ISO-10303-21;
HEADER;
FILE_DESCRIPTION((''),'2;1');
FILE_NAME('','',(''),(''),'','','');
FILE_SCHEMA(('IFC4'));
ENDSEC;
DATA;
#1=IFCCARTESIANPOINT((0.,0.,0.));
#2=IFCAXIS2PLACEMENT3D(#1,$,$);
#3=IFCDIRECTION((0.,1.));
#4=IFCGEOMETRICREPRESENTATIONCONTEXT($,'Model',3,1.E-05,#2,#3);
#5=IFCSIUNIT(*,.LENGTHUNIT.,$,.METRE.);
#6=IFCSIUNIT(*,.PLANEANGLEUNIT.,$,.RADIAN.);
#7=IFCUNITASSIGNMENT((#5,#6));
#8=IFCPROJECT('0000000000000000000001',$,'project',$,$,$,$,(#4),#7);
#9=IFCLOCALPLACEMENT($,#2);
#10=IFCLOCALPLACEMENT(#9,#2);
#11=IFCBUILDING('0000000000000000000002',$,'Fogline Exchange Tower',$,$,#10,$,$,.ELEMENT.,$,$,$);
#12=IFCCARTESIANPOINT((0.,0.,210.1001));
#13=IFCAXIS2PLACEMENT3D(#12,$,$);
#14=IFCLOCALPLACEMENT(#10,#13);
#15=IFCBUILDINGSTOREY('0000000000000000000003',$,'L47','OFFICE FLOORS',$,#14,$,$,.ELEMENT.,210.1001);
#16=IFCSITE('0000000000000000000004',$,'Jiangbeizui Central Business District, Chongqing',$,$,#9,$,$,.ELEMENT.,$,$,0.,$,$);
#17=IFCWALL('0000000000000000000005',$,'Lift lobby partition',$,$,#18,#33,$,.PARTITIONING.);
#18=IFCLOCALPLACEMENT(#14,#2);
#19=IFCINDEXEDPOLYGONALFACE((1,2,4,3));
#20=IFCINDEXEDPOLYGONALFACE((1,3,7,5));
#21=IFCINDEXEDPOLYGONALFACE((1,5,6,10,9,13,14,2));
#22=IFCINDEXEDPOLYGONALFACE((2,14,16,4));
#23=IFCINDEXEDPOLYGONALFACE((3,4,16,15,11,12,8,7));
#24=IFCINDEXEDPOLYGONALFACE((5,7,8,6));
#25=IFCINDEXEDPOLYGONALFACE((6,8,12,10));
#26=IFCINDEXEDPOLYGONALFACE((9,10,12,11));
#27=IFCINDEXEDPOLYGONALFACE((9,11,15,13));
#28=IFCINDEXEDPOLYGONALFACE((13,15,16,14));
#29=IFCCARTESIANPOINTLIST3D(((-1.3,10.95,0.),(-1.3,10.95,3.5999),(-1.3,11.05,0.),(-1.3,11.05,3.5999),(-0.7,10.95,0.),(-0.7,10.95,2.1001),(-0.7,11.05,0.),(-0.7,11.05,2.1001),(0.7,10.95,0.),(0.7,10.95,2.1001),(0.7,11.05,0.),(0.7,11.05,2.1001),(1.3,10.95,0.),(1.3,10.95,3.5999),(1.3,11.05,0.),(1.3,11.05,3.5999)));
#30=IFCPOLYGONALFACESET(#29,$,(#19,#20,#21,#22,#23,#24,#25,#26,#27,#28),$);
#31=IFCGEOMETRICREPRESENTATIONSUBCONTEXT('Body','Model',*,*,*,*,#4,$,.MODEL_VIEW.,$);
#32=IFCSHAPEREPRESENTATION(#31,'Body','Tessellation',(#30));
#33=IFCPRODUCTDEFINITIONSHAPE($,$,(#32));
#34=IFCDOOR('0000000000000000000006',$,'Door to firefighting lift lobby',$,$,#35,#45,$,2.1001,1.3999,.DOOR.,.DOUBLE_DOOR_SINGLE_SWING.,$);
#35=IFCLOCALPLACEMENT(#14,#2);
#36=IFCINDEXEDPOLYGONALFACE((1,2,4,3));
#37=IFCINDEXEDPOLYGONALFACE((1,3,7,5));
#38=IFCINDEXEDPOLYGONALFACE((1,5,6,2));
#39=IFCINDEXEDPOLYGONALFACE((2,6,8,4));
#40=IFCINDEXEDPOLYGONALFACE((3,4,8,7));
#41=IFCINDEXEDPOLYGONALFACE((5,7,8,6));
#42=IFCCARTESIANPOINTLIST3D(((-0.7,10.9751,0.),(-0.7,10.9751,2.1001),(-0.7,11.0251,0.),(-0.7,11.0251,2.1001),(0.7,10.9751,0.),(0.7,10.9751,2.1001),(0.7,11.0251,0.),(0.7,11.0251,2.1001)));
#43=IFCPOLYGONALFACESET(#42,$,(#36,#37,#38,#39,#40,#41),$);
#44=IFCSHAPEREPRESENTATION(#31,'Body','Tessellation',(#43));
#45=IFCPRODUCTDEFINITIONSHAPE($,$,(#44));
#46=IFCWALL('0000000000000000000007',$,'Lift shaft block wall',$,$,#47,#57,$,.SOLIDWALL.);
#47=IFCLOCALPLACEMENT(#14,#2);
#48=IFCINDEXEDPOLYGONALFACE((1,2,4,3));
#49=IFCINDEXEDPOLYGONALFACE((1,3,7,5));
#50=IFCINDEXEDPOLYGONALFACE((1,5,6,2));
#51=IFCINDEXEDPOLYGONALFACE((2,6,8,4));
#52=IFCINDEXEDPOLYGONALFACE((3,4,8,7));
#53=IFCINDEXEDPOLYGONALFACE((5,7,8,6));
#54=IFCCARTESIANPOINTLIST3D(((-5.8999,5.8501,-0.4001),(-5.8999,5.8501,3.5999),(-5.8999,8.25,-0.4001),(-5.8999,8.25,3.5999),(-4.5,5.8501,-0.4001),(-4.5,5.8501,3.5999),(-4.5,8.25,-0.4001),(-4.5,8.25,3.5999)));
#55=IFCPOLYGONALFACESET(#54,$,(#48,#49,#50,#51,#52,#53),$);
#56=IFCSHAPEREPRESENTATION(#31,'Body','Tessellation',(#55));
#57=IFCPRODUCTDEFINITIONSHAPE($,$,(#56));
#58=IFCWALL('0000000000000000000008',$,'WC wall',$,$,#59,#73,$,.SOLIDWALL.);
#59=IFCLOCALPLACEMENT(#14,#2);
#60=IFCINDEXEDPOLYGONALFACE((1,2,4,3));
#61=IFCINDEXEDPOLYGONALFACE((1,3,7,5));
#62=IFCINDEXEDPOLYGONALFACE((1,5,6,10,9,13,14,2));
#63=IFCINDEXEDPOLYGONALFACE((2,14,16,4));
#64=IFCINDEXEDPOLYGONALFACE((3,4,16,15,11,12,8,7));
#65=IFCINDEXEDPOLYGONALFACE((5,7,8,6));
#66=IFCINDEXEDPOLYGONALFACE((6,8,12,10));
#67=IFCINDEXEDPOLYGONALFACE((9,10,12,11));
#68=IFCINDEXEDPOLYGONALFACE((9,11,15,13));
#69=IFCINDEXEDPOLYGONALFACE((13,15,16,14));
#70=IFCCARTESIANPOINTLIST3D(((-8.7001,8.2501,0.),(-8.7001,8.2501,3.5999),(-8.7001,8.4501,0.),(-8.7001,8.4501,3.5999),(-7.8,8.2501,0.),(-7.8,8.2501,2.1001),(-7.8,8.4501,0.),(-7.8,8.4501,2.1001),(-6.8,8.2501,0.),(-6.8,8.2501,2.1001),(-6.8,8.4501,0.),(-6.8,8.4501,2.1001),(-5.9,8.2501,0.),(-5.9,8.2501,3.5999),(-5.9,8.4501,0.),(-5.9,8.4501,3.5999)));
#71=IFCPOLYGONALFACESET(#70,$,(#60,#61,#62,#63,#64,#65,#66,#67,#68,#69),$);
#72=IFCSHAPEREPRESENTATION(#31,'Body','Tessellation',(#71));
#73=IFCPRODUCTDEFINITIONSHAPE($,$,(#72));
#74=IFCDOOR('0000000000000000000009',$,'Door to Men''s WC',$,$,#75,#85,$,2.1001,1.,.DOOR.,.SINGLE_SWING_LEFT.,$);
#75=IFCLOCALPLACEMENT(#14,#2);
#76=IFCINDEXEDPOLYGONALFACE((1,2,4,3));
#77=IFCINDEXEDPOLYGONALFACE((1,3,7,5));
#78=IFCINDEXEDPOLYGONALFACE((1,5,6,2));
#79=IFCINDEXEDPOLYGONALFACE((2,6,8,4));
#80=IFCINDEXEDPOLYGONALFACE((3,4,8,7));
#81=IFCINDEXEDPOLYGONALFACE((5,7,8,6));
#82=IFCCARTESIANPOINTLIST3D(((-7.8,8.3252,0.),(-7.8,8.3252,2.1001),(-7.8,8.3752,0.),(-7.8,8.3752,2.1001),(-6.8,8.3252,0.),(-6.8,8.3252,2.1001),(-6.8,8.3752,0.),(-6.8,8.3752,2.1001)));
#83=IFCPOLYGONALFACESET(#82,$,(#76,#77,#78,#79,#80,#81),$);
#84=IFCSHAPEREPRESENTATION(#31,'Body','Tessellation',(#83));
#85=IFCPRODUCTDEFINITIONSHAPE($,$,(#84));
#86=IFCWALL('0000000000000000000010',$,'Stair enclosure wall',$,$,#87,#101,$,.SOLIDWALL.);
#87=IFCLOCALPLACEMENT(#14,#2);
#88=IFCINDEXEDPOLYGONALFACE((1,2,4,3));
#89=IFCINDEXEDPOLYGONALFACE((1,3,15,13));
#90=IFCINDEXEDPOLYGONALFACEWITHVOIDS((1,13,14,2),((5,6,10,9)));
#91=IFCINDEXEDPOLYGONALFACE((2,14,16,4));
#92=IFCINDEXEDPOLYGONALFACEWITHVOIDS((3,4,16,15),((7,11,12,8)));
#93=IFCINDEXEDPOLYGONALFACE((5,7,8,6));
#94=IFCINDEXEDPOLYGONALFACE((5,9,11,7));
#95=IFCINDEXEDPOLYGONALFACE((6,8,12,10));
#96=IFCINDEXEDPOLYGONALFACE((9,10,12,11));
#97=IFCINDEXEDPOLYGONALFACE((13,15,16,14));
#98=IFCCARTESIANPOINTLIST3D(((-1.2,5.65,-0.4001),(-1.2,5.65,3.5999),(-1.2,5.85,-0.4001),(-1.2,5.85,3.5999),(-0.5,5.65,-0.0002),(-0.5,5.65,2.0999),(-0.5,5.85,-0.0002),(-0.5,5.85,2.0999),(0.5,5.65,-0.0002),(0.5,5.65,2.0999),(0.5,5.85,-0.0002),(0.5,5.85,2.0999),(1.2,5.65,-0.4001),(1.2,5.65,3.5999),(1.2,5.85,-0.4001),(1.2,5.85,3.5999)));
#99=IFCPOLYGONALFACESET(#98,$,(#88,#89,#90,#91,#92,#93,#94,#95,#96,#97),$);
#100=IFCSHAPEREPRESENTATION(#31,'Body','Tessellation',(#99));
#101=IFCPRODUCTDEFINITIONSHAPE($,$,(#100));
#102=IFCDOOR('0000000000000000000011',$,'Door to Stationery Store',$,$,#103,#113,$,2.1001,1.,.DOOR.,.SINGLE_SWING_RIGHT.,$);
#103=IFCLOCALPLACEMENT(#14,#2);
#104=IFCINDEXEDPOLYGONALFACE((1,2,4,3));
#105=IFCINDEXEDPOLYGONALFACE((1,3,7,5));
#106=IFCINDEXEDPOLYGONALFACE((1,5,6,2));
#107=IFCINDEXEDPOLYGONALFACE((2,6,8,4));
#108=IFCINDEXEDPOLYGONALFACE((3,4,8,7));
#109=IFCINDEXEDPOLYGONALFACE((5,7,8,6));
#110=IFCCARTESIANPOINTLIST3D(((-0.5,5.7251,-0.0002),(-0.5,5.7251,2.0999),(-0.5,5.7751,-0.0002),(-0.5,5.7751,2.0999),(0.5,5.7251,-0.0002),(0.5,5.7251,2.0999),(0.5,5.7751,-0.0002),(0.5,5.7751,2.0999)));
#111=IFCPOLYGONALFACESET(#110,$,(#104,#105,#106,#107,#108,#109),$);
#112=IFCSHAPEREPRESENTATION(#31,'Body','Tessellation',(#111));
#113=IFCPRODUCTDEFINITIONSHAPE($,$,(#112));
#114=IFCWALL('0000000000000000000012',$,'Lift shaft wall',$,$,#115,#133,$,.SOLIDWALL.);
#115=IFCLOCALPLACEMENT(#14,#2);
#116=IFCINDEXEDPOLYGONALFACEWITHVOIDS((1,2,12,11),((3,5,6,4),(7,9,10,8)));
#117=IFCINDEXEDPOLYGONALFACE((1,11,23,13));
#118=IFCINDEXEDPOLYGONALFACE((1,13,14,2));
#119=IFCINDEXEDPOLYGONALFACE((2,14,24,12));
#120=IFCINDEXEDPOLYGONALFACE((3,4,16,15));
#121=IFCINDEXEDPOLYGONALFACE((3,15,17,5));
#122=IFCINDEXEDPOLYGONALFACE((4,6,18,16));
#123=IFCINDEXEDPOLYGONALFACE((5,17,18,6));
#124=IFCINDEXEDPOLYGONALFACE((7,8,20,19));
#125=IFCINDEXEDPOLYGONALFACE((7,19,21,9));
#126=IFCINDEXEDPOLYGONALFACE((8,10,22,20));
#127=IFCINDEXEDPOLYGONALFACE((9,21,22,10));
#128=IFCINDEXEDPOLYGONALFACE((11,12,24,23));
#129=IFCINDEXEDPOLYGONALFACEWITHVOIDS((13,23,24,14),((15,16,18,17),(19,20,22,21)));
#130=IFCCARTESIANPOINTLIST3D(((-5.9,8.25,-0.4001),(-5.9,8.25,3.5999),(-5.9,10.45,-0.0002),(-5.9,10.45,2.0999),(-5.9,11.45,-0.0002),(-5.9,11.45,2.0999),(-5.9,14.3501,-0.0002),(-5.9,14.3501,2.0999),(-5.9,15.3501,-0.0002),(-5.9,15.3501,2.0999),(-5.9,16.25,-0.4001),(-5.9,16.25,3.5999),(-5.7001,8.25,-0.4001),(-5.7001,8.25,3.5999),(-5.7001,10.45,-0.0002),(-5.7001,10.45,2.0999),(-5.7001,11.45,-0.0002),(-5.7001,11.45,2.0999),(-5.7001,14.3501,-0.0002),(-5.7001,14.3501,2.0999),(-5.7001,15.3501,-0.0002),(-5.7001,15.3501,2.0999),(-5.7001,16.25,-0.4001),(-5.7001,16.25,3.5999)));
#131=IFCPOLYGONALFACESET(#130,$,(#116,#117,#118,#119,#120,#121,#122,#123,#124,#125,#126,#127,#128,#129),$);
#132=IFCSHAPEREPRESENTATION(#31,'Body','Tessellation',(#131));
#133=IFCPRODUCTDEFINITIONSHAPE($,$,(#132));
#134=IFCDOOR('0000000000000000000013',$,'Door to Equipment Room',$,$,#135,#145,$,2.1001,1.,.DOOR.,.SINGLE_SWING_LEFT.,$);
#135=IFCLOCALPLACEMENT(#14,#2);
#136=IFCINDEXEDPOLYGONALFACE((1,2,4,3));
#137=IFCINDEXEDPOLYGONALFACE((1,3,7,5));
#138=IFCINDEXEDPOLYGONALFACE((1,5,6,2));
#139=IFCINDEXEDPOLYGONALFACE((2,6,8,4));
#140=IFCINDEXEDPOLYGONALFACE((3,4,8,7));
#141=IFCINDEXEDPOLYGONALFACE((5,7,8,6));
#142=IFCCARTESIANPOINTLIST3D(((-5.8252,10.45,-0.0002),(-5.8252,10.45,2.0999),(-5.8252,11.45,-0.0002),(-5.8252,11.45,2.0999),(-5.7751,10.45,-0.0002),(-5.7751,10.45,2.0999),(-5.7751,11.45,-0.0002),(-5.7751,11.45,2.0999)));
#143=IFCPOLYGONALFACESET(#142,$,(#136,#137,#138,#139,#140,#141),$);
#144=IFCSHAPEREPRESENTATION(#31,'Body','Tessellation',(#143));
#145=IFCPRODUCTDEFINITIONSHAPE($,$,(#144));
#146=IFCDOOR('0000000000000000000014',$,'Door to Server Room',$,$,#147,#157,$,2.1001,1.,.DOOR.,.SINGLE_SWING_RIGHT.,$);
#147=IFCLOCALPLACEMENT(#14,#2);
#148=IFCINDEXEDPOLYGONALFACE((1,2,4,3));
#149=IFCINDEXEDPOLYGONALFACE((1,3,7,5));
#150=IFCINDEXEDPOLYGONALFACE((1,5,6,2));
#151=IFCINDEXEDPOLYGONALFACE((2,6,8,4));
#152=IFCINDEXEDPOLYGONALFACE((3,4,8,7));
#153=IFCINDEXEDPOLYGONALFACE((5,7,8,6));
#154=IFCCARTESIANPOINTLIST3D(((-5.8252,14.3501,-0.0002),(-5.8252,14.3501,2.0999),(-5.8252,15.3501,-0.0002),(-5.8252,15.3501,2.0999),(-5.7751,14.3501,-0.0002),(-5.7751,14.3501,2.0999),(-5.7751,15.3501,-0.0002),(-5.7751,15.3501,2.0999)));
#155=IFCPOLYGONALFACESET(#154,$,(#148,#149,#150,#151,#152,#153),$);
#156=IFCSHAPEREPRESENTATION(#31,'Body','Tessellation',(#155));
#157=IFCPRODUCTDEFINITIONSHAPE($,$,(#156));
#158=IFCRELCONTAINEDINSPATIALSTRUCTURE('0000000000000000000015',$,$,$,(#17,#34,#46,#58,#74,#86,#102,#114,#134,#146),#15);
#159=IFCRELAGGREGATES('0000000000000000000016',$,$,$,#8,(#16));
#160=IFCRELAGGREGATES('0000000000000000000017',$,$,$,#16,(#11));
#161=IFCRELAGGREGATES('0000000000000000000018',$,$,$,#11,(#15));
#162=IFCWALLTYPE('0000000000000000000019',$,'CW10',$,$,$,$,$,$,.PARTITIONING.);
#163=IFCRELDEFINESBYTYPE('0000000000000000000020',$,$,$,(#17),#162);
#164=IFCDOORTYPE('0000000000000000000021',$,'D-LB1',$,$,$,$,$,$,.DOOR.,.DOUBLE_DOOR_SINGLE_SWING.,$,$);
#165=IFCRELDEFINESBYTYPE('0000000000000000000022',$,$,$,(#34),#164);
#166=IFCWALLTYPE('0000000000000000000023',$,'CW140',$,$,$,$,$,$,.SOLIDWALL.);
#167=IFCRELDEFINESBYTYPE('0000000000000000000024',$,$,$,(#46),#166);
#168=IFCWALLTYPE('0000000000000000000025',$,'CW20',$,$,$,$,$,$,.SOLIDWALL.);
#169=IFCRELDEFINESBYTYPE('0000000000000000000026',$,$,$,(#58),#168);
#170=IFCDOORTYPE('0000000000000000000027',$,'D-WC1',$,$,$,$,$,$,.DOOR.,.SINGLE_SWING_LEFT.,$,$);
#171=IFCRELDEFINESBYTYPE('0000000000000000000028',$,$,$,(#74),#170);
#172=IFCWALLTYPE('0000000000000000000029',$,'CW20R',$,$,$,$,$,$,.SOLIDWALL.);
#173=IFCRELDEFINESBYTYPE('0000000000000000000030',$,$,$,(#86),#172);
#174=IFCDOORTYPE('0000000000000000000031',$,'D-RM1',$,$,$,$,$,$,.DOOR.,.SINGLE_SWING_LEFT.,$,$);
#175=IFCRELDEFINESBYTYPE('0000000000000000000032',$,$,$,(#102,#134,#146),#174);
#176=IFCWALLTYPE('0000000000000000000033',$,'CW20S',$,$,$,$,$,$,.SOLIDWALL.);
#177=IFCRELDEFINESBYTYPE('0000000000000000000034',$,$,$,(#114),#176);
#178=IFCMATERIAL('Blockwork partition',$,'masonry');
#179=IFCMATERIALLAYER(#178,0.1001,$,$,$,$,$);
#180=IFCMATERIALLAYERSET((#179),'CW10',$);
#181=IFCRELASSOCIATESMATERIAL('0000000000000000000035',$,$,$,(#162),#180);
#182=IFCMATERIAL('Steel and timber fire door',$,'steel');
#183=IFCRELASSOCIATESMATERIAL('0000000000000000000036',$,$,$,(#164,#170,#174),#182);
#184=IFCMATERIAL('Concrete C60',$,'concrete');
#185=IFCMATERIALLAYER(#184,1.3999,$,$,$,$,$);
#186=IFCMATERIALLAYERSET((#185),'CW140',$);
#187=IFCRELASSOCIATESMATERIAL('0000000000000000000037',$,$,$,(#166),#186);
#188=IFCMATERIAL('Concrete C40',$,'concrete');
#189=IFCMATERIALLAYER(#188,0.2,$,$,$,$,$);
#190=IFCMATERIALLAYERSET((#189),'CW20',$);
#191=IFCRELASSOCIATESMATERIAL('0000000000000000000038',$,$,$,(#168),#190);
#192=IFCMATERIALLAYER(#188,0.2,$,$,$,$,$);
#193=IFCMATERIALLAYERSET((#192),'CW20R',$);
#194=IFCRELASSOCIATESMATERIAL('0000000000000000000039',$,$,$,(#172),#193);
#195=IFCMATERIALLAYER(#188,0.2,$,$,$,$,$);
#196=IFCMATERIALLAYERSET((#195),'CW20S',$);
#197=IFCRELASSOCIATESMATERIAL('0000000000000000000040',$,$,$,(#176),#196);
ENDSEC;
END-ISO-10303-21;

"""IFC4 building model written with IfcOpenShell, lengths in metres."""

from ifc_helpers import new_model, si_unit, direction, frame, frame_2d, origin, place, context, subcontext, project, spatial, rectangle, extrude, material, layer, layer_set, type_object, element, fill, save


model = new_model("IFC4")

# Units and contexts
model_context = context("Model", 3, precision=1e-05, world=origin(), true_north=direction((0.0, 1.0)))
body_context = subcontext(model_context, "Body", "Model", "MODEL_VIEW")
ifc_project = project(units=[si_unit("LENGTHUNIT", "METRE"), si_unit("PLANEANGLEUNIT", "RADIAN")], contexts=[model_context])

# Site, building, storey
site_placement = place(None, origin())
site = spatial("IfcSite", under=ifc_project, at=site_placement, Name="Jiangbeizui Central Business District, Chongqing", CompositionType="ELEMENT", RefElevation=0.0)
building_placement = place(site_placement, origin())
building = spatial("IfcBuilding", under=site, at=building_placement, Name="Fogline Exchange Tower", CompositionType="ELEMENT")
storey_placement = place(building_placement, frame((0.0, 0.0, 210.1001)))
storey = spatial("IfcBuildingStorey", under=building, at=storey_placement, Name="L47", Description="OFFICE FLOORS", CompositionType="ELEMENT", Elevation=210.1001)

# Wall, opening, door
ifc_material_1 = material(Name="Blockwork partition", Category="masonry")
ifc_layer_1 = layer(ifc_material_1, 0.1001)
ifc_layer_set_1 = layer_set([ifc_layer_1], Name="CW10")
wall_type_1 = type_object("IfcWallType", Name="CW10", PredefinedType="PARTITIONING", material=ifc_layer_set_1)
wall_1_placement = place(storey_placement, frame((-1.3, 11.0, 0.0), z_axis=(0.0, 0.0, 1.0), x_axis=(1.0, 0.0, 0.0)))
wall_1 = element("IfcWall", 1, at=wall_1_placement, inside=storey, type_object=wall_type_1, Name="Lift lobby partition", PredefinedType="PARTITIONING", context=body_context, shape_type="SweptSolid", body=[
    extrude(rectangle(XDim=2.6001, YDim=0.1001, at=frame_2d((1.3, 0.0))), origin(), (0.0, 0.0, 1.0), 3.5999),
])
opening_1_placement = place(wall_1_placement, frame((0.6001, 0.0, 0.0)))
opening_1 = element("IfcOpeningElement", 2, at=opening_1_placement, cuts=wall_1, PredefinedType="OPENING", context=body_context, shape_type="SweptSolid", body=[
    extrude(rectangle(XDim=1.3999, YDim=2.1001, at=frame_2d((0.7, 1.05))), frame((0.0, 0.0601, 0.0), z_axis=(0.0, -1.0, 0.0), x_axis=(1.0, 0.0, 0.0)), (0.0, 0.0, 1.0), 0.1201),
])
ifc_material_2 = material(Name="Steel and timber fire door", Category="steel")
door_type_1 = type_object("IfcDoorType", Name="D-LB1", OperationType="DOUBLE_DOOR_SINGLE_SWING", PredefinedType="DOOR", material=ifc_material_2)
door_1_placement = place(opening_1_placement, frame((1.3999, 0.0, 0.0), z_axis=(0.0, 0.0, 1.0), x_axis=(-1.0, 0.0, 0.0)))
door_1 = element("IfcDoor", 3, at=door_1_placement, inside=storey, type_object=door_type_1, Name="Door to firefighting lift lobby", OperationType="DOUBLE_DOOR_SINGLE_SWING", OverallHeight=2.1001, OverallWidth=1.3999, PredefinedType="DOOR", context=body_context, shape_type="SweptSolid", body=[
    extrude(rectangle(XDim=1.3999, YDim=2.1001, at=frame_2d((0.7, 1.05))), frame((0.0, 0.0249, 0.0), z_axis=(0.0, -1.0, 0.0), x_axis=(1.0, 0.0, 0.0)), (0.0, 0.0, 1.0), 0.05),
])
fill(opening_1, door_1)

# Wall
ifc_material_3 = material(Name="Concrete C60", Category="concrete")
ifc_layer_2 = layer(ifc_material_3, 1.3999)
ifc_layer_set_2 = layer_set([ifc_layer_2], Name="CW140")
wall_type_2 = type_object("IfcWallType", Name="CW140", PredefinedType="SOLIDWALL", material=ifc_layer_set_2)
wall_2_placement = place(storey_placement, frame((-5.2, 5.8501, -0.4001), z_axis=(0.0, 0.0, 1.0), x_axis=(0.0, 1.0, 0.0)))
element("IfcWall", 4, at=wall_2_placement, inside=storey, type_object=wall_type_2, Name="Lift shaft block wall", PredefinedType="SOLIDWALL", context=body_context, shape_type="SweptSolid", body=[
    extrude(rectangle(XDim=2.3999, YDim=1.3999, at=frame_2d((1.2, 0.0))), origin(), (0.0, 0.0, 1.0), 4.0),
])

# Walls, openings, doors
ifc_material_4 = material(Name="Concrete C40", Category="concrete")
ifc_layer_3 = layer(ifc_material_4, 0.2)
ifc_layer_set_3 = layer_set([ifc_layer_3], Name="CW20")
wall_type_3 = type_object("IfcWallType", Name="CW20", PredefinedType="SOLIDWALL", material=ifc_layer_set_3)
wall_3_placement = place(storey_placement, frame((-8.7, 8.3501, 0.0), z_axis=(0.0, 0.0, 1.0), x_axis=(1.0, 0.0, 0.0)))
wall_3 = element("IfcWall", 5, at=wall_3_placement, inside=storey, type_object=wall_type_3, Name="WC wall", PredefinedType="SOLIDWALL", context=body_context, shape_type="SweptSolid", body=[
    extrude(rectangle(XDim=2.8, YDim=0.2, at=frame_2d((1.3999, 0.0))), origin(), (0.0, 0.0, 1.0), 3.5999),
])
opening_2_placement = place(wall_3_placement, frame((0.8999, 0.0, 0.0)))
opening_2 = element("IfcOpeningElement", 6, at=opening_2_placement, cuts=wall_3, PredefinedType="OPENING", context=body_context, shape_type="SweptSolid", body=[
    extrude(rectangle(XDim=1.0, YDim=2.1001, at=frame_2d((0.5, 1.05))), frame((0.0, 0.1099, 0.0), z_axis=(0.0, -1.0, 0.0), x_axis=(1.0, 0.0, 0.0)), (0.0, 0.0, 1.0), 0.22),
])
door_type_2 = type_object("IfcDoorType", Name="D-WC1", OperationType="SINGLE_SWING_LEFT", PredefinedType="DOOR", material=ifc_material_2)
door_2_placement = place(opening_2_placement, frame((1.0, 0.0, 0.0), z_axis=(0.0, 0.0, 1.0), x_axis=(-1.0, 0.0, 0.0)))
door_2 = element("IfcDoor", 7, at=door_2_placement, inside=storey, type_object=door_type_2, Name="Door to Men's WC", OperationType="SINGLE_SWING_LEFT", OverallHeight=2.1001, OverallWidth=1.0, PredefinedType="DOOR", context=body_context, shape_type="SweptSolid", body=[
    extrude(rectangle(XDim=1.0, YDim=2.1001, at=frame_2d((0.5, 1.05))), frame((0.0, 0.0249, 0.0), z_axis=(0.0, -1.0, 0.0), x_axis=(1.0, 0.0, 0.0)), (0.0, 0.0, 1.0), 0.05),
])
fill(opening_2, door_2)
ifc_layer_4 = layer(ifc_material_4, 0.2)
ifc_layer_set_4 = layer_set([ifc_layer_4], Name="CW20R")
wall_type_4 = type_object("IfcWallType", Name="CW20R", PredefinedType="SOLIDWALL", material=ifc_layer_set_4)
wall_4_placement = place(storey_placement, frame((-1.2, 5.75, -0.4001), z_axis=(0.0, 0.0, 1.0), x_axis=(1.0, 0.0, 0.0)))
wall_4 = element("IfcWall", 8, at=wall_4_placement, inside=storey, type_object=wall_type_4, Name="Stair enclosure wall", PredefinedType="SOLIDWALL", context=body_context, shape_type="SweptSolid", body=[
    extrude(rectangle(XDim=2.3999, YDim=0.2, at=frame_2d((1.2, 0.0))), origin(), (0.0, 0.0, 1.0), 4.0),
])
opening_3_placement = place(wall_4_placement, frame((0.7, 0.0, 0.3999)))
opening_3 = element("IfcOpeningElement", 9, at=opening_3_placement, cuts=wall_4, PredefinedType="OPENING", context=body_context, shape_type="SweptSolid", body=[
    extrude(rectangle(XDim=1.0, YDim=2.1001, at=frame_2d((0.5, 1.05))), frame((0.0, 0.1099, 0.0), z_axis=(0.0, -1.0, 0.0), x_axis=(1.0, 0.0, 0.0)), (0.0, 0.0, 1.0), 0.22),
])
door_type_3 = type_object("IfcDoorType", Name="D-RM1", OperationType="SINGLE_SWING_LEFT", PredefinedType="DOOR", material=ifc_material_2)
door_3_placement = place(opening_3_placement, frame((1.0, 0.0, 0.0), z_axis=(0.0, 0.0, 1.0), x_axis=(-1.0, 0.0, 0.0)))
door_3 = element("IfcDoor", 10, at=door_3_placement, inside=storey, type_object=door_type_3, Name="Door to Stationery Store", OperationType="SINGLE_SWING_RIGHT", OverallHeight=2.1001, OverallWidth=1.0, PredefinedType="DOOR", context=body_context, shape_type="SweptSolid", body=[
    extrude(rectangle(XDim=1.0, YDim=2.1001, at=frame_2d((0.5, 1.05))), frame((0.0, 0.0249, 0.0), z_axis=(0.0, -1.0, 0.0), x_axis=(1.0, 0.0, 0.0)), (0.0, 0.0, 1.0), 0.05),
])
fill(opening_3, door_3)

# Wall, openings, doors
ifc_layer_5 = layer(ifc_material_4, 0.2)
ifc_layer_set_5 = layer_set([ifc_layer_5], Name="CW20S")
wall_type_5 = type_object("IfcWallType", Name="CW20S", PredefinedType="SOLIDWALL", material=ifc_layer_set_5)
wall_5_placement = place(storey_placement, frame((-5.8, 8.25, -0.4001), z_axis=(0.0, 0.0, 1.0), x_axis=(0.0, 1.0, 0.0)))
wall_5 = element("IfcWall", 11, at=wall_5_placement, inside=storey, type_object=wall_type_5, Name="Lift shaft wall", PredefinedType="SOLIDWALL", context=body_context, shape_type="SweptSolid", body=[
    extrude(rectangle(XDim=8.0, YDim=0.2, at=frame_2d((4.0, 0.0))), origin(), (0.0, 0.0, 1.0), 4.0),
])
opening_4_placement = place(wall_5_placement, frame((2.2, 0.0, 0.3999)))
opening_4 = element("IfcOpeningElement", 12, at=opening_4_placement, cuts=wall_5, PredefinedType="OPENING", context=body_context, shape_type="SweptSolid", body=[
    extrude(rectangle(XDim=1.0, YDim=2.1001, at=frame_2d((0.5, 1.05))), frame((0.0, 0.1099, 0.0), z_axis=(0.0, -1.0, 0.0), x_axis=(1.0, 0.0, 0.0)), (0.0, 0.0, 1.0), 0.22),
])
opening_5_placement = place(wall_5_placement, frame((6.1001, 0.0, 0.3999)))
opening_5 = element("IfcOpeningElement", 13, at=opening_5_placement, cuts=wall_5, PredefinedType="OPENING", context=body_context, shape_type="SweptSolid", body=[
    extrude(rectangle(XDim=1.0, YDim=2.1001, at=frame_2d((0.5, 1.05))), frame((0.0, 0.1099, 0.0), z_axis=(0.0, -1.0, 0.0), x_axis=(1.0, 0.0, 0.0)), (0.0, 0.0, 1.0), 0.22),
])
door_4_placement = place(opening_4_placement, frame((1.0, 0.0, 0.0), z_axis=(0.0, 0.0, 1.0), x_axis=(-1.0, 0.0, 0.0)))
door_4 = element("IfcDoor", 14, at=door_4_placement, inside=storey, type_object=door_type_3, Name="Door to Equipment Room", OperationType="SINGLE_SWING_LEFT", OverallHeight=2.1001, OverallWidth=1.0, PredefinedType="DOOR", context=body_context, shape_type="SweptSolid", body=[
    extrude(rectangle(XDim=1.0, YDim=2.1001, at=frame_2d((0.5, 1.05))), frame((0.0, 0.0249, 0.0), z_axis=(0.0, -1.0, 0.0), x_axis=(1.0, 0.0, 0.0)), (0.0, 0.0, 1.0), 0.05),
])
fill(opening_4, door_4)
door_5_placement = place(opening_5_placement, frame((1.0, 0.0, 0.0), z_axis=(0.0, 0.0, 1.0), x_axis=(-1.0, 0.0, 0.0)))
door_5 = element("IfcDoor", 15, at=door_5_placement, inside=storey, type_object=door_type_3, Name="Door to Server Room", OperationType="SINGLE_SWING_RIGHT", OverallHeight=2.1001, OverallWidth=1.0, PredefinedType="DOOR", context=body_context, shape_type="SweptSolid", body=[
    extrude(rectangle(XDim=1.0, YDim=2.1001, at=frame_2d((0.5, 1.05))), frame((0.0, 0.0249, 0.0), z_axis=(0.0, -1.0, 0.0), x_axis=(1.0, 0.0, 0.0)), (0.0, 0.0, 1.0), 0.05),
])
fill(opening_5, door_5)

save(model, "model.ifc")
